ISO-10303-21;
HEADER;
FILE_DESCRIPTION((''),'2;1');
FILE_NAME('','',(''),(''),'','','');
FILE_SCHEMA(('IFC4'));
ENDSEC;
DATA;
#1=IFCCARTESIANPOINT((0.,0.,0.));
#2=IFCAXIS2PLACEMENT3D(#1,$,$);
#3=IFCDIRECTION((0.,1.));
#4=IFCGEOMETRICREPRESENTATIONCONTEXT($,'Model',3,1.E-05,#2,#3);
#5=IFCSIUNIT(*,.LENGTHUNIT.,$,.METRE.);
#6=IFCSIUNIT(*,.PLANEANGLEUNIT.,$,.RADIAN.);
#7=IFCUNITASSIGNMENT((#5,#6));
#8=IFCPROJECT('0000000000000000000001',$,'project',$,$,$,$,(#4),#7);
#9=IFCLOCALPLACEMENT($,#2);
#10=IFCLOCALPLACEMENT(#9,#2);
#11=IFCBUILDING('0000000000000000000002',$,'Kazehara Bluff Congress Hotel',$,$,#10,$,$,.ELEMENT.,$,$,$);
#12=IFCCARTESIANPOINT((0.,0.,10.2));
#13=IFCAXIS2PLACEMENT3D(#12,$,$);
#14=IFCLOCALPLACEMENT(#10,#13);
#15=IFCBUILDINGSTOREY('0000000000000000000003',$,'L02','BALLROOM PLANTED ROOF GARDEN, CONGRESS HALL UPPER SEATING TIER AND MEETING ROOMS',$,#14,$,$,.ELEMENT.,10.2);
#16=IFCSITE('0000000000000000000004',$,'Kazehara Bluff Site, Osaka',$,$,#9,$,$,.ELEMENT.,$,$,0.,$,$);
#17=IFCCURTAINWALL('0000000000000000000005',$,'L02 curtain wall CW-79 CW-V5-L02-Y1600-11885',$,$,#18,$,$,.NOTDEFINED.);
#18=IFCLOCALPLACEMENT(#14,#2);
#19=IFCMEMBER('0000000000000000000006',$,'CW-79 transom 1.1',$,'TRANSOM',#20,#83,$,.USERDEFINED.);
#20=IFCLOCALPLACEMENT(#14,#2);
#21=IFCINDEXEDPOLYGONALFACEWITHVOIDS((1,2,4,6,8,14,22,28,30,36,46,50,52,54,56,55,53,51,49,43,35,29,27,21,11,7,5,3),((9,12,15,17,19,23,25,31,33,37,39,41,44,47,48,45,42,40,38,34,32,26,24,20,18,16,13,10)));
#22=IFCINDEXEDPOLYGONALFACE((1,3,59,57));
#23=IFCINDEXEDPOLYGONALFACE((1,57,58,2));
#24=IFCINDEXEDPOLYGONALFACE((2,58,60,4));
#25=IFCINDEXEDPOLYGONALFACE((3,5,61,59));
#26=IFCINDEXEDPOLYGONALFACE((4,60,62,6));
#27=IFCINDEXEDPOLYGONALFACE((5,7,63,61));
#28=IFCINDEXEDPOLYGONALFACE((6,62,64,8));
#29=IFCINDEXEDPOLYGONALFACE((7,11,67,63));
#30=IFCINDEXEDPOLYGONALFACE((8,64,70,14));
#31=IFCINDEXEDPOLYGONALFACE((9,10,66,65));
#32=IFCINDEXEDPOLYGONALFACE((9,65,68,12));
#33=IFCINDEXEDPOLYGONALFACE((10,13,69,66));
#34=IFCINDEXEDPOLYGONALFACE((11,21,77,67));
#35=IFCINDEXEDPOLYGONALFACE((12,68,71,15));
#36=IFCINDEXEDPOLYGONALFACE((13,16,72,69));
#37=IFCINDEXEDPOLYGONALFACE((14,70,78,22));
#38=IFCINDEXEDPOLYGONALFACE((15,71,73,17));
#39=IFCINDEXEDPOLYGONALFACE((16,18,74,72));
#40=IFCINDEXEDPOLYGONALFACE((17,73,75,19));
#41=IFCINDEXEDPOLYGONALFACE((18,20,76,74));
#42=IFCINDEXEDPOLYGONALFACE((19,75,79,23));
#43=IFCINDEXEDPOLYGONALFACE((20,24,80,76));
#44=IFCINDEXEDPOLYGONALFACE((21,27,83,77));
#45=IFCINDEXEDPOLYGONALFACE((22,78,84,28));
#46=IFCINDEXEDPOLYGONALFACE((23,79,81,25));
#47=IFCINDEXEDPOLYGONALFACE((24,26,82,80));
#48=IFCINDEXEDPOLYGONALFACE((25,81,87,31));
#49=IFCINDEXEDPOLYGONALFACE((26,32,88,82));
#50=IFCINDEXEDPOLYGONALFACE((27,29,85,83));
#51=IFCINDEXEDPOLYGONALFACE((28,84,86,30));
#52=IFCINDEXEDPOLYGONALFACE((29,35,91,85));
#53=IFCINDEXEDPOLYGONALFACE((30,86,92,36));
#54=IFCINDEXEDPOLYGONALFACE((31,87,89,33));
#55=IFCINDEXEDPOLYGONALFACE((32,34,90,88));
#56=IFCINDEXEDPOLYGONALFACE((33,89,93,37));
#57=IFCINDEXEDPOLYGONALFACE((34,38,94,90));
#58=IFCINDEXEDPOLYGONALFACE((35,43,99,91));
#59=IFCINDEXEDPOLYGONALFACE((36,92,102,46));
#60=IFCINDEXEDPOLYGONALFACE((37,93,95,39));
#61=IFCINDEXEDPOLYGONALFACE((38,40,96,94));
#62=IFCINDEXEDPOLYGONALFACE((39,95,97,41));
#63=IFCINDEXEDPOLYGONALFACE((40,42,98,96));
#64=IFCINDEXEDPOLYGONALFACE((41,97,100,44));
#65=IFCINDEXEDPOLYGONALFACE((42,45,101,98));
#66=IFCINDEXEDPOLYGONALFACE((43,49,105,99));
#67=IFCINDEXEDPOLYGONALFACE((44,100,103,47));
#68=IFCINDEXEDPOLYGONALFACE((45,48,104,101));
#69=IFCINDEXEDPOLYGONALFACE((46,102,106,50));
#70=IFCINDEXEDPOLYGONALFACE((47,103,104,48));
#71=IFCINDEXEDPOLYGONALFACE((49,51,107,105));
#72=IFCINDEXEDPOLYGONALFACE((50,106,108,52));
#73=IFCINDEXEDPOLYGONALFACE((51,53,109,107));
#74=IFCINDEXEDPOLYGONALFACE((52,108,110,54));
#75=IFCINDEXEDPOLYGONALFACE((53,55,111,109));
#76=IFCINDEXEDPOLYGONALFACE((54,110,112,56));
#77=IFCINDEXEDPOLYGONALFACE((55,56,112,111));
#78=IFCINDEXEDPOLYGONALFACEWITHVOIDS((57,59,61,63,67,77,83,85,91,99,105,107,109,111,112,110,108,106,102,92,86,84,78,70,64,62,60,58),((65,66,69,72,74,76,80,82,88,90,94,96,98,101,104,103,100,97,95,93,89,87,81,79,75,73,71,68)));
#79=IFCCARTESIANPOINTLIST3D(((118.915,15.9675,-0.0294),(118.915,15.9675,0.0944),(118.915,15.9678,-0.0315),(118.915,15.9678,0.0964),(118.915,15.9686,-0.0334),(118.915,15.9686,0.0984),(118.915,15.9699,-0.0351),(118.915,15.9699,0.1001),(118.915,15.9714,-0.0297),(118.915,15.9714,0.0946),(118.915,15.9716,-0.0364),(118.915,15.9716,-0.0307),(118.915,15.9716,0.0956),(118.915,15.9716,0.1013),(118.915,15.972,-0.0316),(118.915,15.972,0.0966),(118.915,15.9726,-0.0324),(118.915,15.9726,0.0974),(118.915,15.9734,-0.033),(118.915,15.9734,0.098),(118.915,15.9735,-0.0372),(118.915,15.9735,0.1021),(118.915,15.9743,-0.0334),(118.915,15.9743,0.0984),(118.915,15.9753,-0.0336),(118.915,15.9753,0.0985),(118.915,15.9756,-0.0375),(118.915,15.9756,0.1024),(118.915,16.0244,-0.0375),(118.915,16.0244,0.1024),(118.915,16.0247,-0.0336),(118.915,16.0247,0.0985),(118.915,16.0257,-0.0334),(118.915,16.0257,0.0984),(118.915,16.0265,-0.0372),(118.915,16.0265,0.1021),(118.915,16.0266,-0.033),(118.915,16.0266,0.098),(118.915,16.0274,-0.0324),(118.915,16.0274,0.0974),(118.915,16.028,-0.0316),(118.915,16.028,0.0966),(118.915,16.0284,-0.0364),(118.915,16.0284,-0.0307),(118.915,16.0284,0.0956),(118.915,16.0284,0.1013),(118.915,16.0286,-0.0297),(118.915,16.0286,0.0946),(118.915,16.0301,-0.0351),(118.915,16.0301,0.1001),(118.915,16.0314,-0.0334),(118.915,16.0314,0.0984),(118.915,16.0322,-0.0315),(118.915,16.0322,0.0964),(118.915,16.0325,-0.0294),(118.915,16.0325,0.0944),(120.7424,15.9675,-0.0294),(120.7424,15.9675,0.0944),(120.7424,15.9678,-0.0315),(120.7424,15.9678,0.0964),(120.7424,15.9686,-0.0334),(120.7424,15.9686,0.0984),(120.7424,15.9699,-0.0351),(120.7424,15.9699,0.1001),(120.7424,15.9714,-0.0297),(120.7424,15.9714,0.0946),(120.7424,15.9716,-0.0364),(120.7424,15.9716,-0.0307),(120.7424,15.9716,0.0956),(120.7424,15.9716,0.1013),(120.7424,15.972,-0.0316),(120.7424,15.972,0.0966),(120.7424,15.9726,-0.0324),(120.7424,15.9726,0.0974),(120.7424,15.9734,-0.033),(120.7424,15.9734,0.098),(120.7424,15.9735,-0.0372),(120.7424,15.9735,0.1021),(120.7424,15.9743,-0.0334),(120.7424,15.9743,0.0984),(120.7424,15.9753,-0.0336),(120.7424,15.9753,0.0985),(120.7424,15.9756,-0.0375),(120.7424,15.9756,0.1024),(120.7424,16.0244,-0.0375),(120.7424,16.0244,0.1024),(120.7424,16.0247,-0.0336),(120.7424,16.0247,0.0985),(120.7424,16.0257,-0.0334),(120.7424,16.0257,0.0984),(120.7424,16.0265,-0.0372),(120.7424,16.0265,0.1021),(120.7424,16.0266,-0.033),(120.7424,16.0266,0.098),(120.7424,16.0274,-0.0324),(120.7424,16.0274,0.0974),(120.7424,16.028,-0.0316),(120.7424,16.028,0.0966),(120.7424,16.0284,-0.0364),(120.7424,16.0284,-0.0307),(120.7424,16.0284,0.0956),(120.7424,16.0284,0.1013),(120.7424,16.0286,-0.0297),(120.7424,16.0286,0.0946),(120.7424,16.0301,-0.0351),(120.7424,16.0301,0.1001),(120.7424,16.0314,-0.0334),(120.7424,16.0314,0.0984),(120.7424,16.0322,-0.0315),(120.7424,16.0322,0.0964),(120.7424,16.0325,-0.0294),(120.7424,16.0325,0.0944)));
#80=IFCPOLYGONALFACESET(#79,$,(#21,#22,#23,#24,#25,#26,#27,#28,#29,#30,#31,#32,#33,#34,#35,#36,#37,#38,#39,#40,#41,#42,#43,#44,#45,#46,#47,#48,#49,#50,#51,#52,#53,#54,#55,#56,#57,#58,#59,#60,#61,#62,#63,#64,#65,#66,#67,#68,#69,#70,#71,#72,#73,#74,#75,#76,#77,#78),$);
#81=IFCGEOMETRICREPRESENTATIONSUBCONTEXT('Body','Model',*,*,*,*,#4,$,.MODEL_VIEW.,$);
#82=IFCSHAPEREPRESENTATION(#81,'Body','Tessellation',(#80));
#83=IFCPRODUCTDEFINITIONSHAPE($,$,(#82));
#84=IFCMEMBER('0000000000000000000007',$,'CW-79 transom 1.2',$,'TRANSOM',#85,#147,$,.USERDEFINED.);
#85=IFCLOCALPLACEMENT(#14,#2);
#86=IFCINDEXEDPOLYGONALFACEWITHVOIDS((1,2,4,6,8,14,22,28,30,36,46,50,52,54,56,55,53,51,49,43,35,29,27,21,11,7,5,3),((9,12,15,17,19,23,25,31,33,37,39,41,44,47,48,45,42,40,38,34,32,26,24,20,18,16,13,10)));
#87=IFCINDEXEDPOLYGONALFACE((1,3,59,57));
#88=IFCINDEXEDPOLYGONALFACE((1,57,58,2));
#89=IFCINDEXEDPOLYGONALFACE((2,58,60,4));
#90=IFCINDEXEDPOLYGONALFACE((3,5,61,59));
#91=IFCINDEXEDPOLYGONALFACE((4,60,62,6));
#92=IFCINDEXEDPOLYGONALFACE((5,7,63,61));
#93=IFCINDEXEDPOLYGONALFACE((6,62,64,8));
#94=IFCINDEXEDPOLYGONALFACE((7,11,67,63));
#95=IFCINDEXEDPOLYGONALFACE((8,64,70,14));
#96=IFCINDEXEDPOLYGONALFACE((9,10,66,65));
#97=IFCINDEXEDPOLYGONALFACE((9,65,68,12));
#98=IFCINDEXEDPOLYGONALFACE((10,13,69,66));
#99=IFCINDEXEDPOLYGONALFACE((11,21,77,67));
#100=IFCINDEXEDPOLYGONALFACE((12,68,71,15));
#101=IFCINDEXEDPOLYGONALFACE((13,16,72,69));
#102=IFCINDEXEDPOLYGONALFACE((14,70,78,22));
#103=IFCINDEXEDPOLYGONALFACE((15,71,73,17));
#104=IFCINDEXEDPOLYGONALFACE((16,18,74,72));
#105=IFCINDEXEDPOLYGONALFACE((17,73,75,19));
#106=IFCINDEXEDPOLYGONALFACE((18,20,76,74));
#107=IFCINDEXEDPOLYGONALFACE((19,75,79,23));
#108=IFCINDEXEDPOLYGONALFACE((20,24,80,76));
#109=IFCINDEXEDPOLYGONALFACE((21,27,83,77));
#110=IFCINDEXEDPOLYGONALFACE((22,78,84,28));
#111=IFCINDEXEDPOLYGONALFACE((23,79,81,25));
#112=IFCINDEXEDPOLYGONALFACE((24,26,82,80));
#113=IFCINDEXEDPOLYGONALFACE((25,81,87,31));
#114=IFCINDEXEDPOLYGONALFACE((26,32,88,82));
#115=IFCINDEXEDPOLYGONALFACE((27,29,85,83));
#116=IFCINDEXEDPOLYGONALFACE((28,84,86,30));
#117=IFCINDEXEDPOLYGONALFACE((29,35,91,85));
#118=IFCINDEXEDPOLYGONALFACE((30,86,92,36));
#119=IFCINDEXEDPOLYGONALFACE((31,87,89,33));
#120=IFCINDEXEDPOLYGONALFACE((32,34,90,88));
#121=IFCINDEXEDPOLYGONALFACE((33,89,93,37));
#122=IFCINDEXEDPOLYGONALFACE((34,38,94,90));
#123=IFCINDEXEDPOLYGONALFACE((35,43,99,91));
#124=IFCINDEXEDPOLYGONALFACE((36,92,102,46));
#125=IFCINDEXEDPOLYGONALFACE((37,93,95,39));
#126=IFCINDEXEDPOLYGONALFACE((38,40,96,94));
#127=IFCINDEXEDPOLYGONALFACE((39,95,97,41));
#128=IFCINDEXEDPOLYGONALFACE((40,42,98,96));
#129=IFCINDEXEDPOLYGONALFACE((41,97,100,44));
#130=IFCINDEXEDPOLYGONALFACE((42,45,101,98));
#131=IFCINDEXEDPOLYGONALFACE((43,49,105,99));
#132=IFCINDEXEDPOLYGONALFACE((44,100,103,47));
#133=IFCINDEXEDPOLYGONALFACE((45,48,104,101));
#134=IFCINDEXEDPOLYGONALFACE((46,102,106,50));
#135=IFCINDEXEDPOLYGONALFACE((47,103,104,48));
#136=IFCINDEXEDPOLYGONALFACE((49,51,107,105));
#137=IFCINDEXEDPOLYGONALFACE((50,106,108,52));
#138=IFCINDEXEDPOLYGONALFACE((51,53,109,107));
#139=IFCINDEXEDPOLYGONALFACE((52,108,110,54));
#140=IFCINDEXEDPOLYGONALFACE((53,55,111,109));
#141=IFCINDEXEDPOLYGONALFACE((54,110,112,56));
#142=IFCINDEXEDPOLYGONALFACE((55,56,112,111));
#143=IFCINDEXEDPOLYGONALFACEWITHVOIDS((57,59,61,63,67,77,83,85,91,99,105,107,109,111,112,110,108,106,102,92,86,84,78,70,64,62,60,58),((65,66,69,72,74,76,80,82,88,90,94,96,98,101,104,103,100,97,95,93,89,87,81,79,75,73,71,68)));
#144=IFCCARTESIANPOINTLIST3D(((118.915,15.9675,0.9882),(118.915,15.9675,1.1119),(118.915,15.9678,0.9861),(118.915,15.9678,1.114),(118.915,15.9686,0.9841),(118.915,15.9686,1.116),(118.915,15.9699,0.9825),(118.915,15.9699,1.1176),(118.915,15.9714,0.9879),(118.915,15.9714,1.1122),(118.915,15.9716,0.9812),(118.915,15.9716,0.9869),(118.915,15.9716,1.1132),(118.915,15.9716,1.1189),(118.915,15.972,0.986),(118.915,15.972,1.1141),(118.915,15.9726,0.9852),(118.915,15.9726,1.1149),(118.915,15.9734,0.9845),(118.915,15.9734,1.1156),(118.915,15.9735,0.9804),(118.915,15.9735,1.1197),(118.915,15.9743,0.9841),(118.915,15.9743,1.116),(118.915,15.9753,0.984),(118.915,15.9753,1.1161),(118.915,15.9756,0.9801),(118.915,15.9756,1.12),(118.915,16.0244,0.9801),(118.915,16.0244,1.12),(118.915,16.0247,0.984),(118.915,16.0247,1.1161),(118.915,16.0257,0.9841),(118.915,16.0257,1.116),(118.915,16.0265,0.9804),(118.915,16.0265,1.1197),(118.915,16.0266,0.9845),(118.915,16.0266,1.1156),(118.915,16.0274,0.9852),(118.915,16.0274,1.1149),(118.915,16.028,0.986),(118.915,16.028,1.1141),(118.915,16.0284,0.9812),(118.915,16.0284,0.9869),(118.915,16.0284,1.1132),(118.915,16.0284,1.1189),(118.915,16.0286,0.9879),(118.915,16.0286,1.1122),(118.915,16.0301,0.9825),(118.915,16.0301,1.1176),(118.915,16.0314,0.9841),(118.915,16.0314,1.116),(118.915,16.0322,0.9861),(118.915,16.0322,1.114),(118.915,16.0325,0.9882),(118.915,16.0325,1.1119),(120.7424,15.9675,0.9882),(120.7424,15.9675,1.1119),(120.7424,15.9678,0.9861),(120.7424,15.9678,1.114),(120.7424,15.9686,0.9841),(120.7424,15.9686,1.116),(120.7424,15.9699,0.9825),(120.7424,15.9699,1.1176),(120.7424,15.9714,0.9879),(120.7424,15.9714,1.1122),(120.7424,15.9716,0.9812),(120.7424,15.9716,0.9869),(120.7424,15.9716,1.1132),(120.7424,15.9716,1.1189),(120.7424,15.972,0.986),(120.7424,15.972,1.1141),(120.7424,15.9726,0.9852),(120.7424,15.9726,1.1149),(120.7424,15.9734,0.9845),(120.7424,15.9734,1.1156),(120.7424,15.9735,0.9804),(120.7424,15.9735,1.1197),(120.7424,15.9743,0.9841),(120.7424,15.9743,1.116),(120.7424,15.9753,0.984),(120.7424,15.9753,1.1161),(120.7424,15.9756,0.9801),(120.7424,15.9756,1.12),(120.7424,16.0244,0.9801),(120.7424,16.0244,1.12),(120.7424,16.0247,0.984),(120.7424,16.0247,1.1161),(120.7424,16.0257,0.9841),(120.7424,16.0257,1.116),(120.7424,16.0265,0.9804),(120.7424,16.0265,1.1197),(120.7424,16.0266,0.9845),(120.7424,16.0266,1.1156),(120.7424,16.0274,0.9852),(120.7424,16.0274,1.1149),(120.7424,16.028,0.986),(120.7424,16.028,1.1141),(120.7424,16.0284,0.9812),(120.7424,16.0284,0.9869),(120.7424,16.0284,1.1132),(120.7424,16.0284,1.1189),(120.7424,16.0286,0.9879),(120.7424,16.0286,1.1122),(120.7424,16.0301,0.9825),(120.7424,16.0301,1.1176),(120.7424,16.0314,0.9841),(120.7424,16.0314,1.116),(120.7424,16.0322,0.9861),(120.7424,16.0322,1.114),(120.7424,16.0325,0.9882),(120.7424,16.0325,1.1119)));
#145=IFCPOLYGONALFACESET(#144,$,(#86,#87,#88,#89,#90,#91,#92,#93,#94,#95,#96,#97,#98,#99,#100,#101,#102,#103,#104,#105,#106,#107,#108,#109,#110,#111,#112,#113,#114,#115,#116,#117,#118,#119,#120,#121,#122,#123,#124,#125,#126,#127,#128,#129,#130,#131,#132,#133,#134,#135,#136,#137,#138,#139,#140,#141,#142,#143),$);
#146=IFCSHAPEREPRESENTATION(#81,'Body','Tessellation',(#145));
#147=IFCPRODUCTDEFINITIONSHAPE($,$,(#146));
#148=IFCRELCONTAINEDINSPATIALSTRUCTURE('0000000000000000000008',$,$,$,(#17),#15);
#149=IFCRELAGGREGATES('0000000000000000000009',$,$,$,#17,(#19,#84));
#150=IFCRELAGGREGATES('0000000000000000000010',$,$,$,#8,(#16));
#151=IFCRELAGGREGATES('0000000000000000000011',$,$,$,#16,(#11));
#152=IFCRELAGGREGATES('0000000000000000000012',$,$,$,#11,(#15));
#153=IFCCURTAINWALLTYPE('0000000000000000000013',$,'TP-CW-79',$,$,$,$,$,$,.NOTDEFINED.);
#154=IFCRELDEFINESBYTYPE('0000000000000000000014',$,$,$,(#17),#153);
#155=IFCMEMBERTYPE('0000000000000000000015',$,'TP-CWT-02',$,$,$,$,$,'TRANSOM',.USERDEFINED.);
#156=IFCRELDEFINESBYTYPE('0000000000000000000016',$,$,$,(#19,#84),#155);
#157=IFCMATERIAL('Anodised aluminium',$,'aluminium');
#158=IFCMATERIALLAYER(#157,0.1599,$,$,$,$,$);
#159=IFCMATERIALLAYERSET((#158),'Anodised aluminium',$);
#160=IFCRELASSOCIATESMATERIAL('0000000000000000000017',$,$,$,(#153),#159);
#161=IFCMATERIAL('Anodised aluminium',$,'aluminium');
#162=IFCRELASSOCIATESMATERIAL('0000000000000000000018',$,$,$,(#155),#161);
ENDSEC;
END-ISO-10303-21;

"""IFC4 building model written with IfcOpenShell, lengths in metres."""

from ifc_helpers import new_model, si_unit, direction, frame, origin, origin_2d, place, context, subcontext, project, spatial, hollow_rectangle, extrude, material, layer, layer_set, material_profile, profile_set, type_object, element, aggregate, save


model = new_model("IFC4")

# Units and contexts
model_context = context("Model", 3, precision=1e-05, world=origin(), true_north=direction((0.0, 1.0)))
body_context = subcontext(model_context, "Body", "Model", "MODEL_VIEW")
ifc_project = project(units=[si_unit("LENGTHUNIT", "METRE"), si_unit("PLANEANGLEUNIT", "RADIAN")], contexts=[model_context])

# Site, building, storey
site_placement = place(None, origin())
site = spatial("IfcSite", under=ifc_project, at=site_placement, Name="Kazehara Bluff Site, Osaka", CompositionType="ELEMENT", RefElevation=0.0)
building_placement = place(site_placement, origin())
building = spatial("IfcBuilding", under=site, at=building_placement, Name="Kazehara Bluff Congress Hotel", CompositionType="ELEMENT")
storey_placement = place(building_placement, frame((0.0, 0.0, 10.2)))
storey = spatial("IfcBuildingStorey", under=building, at=storey_placement, Name="L02", Description="BALLROOM PLANTED ROOF GARDEN, CONGRESS HALL UPPER SEATING TIER AND MEETING ROOMS", CompositionType="ELEMENT", Elevation=10.2)

# Curtain wall
ifc_material_1 = material(Name="Anodised aluminium", Category="aluminium")
ifc_layer_1 = layer(ifc_material_1, 0.1599)
ifc_layer_set_1 = layer_set([ifc_layer_1], Name="Anodised aluminium")
curtain_wall_type_1 = type_object("IfcCurtainWallType", Name="TP-CW-79", PredefinedType="NOTDEFINED", material=ifc_layer_set_1)
curtain_wall_1_placement = place(storey_placement, origin())
curtain_wall_1 = element("IfcCurtainWall", 1, at=curtain_wall_1_placement, inside=storey, type_object=curtain_wall_type_1, Name="L02 curtain wall CW-79 CW-V5-L02-Y1600-11885", PredefinedType="NOTDEFINED")

# Members
ifc_material_2 = material(Name="Anodised aluminium", Category="aluminium")
ifc_material_profile_1 = material_profile(ifc_material_2, hollow_rectangle(XDim=0.0649, YDim=0.1399, WallThickness=0.0039, InnerFilletRadius=0.0039, OuterFilletRadius=0.0081, at=origin_2d()))
ifc_profile_set_1 = profile_set([ifc_material_profile_1], Name="Anodised aluminium")
member_type_1 = type_object("IfcMemberType", Name="TP-CWT-02", ElementType="TRANSOM", PredefinedType="USERDEFINED", material=ifc_profile_set_1)
member_1_placement = place(storey_placement, frame((118.915, 16.0, 0.0325), z_axis=(1.0, 0.0, 0.0), x_axis=(0.0, 1.0, 0.0)))
member_1 = element("IfcMember", 2, at=member_1_placement, type_object=member_type_1, Name="CW-79 transom 1.1", ObjectType="TRANSOM", PredefinedType="USERDEFINED", context=body_context, shape_type="SweptSolid", body=[
    extrude(hollow_rectangle(XDim=0.0649, YDim=0.1399, WallThickness=0.0039, InnerFilletRadius=0.0039, OuterFilletRadius=0.0081, at=origin_2d()), origin(), (0.0, 0.0, 1.0), 1.8274),
])
member_2_placement = place(storey_placement, frame((118.915, 16.0, 1.05), z_axis=(1.0, 0.0, 0.0), x_axis=(0.0, 1.0, 0.0)))
member_2 = element("IfcMember", 3, at=member_2_placement, type_object=member_type_1, Name="CW-79 transom 1.2", ObjectType="TRANSOM", PredefinedType="USERDEFINED", context=body_context, shape_type="SweptSolid", body=[
    extrude(hollow_rectangle(XDim=0.0649, YDim=0.1399, WallThickness=0.0039, InnerFilletRadius=0.0039, OuterFilletRadius=0.0081, at=origin_2d()), origin(), (0.0, 0.0, 1.0), 1.8274),
])

aggregate(curtain_wall_1, [member_1, member_2])

save(model, "model.ifc")
